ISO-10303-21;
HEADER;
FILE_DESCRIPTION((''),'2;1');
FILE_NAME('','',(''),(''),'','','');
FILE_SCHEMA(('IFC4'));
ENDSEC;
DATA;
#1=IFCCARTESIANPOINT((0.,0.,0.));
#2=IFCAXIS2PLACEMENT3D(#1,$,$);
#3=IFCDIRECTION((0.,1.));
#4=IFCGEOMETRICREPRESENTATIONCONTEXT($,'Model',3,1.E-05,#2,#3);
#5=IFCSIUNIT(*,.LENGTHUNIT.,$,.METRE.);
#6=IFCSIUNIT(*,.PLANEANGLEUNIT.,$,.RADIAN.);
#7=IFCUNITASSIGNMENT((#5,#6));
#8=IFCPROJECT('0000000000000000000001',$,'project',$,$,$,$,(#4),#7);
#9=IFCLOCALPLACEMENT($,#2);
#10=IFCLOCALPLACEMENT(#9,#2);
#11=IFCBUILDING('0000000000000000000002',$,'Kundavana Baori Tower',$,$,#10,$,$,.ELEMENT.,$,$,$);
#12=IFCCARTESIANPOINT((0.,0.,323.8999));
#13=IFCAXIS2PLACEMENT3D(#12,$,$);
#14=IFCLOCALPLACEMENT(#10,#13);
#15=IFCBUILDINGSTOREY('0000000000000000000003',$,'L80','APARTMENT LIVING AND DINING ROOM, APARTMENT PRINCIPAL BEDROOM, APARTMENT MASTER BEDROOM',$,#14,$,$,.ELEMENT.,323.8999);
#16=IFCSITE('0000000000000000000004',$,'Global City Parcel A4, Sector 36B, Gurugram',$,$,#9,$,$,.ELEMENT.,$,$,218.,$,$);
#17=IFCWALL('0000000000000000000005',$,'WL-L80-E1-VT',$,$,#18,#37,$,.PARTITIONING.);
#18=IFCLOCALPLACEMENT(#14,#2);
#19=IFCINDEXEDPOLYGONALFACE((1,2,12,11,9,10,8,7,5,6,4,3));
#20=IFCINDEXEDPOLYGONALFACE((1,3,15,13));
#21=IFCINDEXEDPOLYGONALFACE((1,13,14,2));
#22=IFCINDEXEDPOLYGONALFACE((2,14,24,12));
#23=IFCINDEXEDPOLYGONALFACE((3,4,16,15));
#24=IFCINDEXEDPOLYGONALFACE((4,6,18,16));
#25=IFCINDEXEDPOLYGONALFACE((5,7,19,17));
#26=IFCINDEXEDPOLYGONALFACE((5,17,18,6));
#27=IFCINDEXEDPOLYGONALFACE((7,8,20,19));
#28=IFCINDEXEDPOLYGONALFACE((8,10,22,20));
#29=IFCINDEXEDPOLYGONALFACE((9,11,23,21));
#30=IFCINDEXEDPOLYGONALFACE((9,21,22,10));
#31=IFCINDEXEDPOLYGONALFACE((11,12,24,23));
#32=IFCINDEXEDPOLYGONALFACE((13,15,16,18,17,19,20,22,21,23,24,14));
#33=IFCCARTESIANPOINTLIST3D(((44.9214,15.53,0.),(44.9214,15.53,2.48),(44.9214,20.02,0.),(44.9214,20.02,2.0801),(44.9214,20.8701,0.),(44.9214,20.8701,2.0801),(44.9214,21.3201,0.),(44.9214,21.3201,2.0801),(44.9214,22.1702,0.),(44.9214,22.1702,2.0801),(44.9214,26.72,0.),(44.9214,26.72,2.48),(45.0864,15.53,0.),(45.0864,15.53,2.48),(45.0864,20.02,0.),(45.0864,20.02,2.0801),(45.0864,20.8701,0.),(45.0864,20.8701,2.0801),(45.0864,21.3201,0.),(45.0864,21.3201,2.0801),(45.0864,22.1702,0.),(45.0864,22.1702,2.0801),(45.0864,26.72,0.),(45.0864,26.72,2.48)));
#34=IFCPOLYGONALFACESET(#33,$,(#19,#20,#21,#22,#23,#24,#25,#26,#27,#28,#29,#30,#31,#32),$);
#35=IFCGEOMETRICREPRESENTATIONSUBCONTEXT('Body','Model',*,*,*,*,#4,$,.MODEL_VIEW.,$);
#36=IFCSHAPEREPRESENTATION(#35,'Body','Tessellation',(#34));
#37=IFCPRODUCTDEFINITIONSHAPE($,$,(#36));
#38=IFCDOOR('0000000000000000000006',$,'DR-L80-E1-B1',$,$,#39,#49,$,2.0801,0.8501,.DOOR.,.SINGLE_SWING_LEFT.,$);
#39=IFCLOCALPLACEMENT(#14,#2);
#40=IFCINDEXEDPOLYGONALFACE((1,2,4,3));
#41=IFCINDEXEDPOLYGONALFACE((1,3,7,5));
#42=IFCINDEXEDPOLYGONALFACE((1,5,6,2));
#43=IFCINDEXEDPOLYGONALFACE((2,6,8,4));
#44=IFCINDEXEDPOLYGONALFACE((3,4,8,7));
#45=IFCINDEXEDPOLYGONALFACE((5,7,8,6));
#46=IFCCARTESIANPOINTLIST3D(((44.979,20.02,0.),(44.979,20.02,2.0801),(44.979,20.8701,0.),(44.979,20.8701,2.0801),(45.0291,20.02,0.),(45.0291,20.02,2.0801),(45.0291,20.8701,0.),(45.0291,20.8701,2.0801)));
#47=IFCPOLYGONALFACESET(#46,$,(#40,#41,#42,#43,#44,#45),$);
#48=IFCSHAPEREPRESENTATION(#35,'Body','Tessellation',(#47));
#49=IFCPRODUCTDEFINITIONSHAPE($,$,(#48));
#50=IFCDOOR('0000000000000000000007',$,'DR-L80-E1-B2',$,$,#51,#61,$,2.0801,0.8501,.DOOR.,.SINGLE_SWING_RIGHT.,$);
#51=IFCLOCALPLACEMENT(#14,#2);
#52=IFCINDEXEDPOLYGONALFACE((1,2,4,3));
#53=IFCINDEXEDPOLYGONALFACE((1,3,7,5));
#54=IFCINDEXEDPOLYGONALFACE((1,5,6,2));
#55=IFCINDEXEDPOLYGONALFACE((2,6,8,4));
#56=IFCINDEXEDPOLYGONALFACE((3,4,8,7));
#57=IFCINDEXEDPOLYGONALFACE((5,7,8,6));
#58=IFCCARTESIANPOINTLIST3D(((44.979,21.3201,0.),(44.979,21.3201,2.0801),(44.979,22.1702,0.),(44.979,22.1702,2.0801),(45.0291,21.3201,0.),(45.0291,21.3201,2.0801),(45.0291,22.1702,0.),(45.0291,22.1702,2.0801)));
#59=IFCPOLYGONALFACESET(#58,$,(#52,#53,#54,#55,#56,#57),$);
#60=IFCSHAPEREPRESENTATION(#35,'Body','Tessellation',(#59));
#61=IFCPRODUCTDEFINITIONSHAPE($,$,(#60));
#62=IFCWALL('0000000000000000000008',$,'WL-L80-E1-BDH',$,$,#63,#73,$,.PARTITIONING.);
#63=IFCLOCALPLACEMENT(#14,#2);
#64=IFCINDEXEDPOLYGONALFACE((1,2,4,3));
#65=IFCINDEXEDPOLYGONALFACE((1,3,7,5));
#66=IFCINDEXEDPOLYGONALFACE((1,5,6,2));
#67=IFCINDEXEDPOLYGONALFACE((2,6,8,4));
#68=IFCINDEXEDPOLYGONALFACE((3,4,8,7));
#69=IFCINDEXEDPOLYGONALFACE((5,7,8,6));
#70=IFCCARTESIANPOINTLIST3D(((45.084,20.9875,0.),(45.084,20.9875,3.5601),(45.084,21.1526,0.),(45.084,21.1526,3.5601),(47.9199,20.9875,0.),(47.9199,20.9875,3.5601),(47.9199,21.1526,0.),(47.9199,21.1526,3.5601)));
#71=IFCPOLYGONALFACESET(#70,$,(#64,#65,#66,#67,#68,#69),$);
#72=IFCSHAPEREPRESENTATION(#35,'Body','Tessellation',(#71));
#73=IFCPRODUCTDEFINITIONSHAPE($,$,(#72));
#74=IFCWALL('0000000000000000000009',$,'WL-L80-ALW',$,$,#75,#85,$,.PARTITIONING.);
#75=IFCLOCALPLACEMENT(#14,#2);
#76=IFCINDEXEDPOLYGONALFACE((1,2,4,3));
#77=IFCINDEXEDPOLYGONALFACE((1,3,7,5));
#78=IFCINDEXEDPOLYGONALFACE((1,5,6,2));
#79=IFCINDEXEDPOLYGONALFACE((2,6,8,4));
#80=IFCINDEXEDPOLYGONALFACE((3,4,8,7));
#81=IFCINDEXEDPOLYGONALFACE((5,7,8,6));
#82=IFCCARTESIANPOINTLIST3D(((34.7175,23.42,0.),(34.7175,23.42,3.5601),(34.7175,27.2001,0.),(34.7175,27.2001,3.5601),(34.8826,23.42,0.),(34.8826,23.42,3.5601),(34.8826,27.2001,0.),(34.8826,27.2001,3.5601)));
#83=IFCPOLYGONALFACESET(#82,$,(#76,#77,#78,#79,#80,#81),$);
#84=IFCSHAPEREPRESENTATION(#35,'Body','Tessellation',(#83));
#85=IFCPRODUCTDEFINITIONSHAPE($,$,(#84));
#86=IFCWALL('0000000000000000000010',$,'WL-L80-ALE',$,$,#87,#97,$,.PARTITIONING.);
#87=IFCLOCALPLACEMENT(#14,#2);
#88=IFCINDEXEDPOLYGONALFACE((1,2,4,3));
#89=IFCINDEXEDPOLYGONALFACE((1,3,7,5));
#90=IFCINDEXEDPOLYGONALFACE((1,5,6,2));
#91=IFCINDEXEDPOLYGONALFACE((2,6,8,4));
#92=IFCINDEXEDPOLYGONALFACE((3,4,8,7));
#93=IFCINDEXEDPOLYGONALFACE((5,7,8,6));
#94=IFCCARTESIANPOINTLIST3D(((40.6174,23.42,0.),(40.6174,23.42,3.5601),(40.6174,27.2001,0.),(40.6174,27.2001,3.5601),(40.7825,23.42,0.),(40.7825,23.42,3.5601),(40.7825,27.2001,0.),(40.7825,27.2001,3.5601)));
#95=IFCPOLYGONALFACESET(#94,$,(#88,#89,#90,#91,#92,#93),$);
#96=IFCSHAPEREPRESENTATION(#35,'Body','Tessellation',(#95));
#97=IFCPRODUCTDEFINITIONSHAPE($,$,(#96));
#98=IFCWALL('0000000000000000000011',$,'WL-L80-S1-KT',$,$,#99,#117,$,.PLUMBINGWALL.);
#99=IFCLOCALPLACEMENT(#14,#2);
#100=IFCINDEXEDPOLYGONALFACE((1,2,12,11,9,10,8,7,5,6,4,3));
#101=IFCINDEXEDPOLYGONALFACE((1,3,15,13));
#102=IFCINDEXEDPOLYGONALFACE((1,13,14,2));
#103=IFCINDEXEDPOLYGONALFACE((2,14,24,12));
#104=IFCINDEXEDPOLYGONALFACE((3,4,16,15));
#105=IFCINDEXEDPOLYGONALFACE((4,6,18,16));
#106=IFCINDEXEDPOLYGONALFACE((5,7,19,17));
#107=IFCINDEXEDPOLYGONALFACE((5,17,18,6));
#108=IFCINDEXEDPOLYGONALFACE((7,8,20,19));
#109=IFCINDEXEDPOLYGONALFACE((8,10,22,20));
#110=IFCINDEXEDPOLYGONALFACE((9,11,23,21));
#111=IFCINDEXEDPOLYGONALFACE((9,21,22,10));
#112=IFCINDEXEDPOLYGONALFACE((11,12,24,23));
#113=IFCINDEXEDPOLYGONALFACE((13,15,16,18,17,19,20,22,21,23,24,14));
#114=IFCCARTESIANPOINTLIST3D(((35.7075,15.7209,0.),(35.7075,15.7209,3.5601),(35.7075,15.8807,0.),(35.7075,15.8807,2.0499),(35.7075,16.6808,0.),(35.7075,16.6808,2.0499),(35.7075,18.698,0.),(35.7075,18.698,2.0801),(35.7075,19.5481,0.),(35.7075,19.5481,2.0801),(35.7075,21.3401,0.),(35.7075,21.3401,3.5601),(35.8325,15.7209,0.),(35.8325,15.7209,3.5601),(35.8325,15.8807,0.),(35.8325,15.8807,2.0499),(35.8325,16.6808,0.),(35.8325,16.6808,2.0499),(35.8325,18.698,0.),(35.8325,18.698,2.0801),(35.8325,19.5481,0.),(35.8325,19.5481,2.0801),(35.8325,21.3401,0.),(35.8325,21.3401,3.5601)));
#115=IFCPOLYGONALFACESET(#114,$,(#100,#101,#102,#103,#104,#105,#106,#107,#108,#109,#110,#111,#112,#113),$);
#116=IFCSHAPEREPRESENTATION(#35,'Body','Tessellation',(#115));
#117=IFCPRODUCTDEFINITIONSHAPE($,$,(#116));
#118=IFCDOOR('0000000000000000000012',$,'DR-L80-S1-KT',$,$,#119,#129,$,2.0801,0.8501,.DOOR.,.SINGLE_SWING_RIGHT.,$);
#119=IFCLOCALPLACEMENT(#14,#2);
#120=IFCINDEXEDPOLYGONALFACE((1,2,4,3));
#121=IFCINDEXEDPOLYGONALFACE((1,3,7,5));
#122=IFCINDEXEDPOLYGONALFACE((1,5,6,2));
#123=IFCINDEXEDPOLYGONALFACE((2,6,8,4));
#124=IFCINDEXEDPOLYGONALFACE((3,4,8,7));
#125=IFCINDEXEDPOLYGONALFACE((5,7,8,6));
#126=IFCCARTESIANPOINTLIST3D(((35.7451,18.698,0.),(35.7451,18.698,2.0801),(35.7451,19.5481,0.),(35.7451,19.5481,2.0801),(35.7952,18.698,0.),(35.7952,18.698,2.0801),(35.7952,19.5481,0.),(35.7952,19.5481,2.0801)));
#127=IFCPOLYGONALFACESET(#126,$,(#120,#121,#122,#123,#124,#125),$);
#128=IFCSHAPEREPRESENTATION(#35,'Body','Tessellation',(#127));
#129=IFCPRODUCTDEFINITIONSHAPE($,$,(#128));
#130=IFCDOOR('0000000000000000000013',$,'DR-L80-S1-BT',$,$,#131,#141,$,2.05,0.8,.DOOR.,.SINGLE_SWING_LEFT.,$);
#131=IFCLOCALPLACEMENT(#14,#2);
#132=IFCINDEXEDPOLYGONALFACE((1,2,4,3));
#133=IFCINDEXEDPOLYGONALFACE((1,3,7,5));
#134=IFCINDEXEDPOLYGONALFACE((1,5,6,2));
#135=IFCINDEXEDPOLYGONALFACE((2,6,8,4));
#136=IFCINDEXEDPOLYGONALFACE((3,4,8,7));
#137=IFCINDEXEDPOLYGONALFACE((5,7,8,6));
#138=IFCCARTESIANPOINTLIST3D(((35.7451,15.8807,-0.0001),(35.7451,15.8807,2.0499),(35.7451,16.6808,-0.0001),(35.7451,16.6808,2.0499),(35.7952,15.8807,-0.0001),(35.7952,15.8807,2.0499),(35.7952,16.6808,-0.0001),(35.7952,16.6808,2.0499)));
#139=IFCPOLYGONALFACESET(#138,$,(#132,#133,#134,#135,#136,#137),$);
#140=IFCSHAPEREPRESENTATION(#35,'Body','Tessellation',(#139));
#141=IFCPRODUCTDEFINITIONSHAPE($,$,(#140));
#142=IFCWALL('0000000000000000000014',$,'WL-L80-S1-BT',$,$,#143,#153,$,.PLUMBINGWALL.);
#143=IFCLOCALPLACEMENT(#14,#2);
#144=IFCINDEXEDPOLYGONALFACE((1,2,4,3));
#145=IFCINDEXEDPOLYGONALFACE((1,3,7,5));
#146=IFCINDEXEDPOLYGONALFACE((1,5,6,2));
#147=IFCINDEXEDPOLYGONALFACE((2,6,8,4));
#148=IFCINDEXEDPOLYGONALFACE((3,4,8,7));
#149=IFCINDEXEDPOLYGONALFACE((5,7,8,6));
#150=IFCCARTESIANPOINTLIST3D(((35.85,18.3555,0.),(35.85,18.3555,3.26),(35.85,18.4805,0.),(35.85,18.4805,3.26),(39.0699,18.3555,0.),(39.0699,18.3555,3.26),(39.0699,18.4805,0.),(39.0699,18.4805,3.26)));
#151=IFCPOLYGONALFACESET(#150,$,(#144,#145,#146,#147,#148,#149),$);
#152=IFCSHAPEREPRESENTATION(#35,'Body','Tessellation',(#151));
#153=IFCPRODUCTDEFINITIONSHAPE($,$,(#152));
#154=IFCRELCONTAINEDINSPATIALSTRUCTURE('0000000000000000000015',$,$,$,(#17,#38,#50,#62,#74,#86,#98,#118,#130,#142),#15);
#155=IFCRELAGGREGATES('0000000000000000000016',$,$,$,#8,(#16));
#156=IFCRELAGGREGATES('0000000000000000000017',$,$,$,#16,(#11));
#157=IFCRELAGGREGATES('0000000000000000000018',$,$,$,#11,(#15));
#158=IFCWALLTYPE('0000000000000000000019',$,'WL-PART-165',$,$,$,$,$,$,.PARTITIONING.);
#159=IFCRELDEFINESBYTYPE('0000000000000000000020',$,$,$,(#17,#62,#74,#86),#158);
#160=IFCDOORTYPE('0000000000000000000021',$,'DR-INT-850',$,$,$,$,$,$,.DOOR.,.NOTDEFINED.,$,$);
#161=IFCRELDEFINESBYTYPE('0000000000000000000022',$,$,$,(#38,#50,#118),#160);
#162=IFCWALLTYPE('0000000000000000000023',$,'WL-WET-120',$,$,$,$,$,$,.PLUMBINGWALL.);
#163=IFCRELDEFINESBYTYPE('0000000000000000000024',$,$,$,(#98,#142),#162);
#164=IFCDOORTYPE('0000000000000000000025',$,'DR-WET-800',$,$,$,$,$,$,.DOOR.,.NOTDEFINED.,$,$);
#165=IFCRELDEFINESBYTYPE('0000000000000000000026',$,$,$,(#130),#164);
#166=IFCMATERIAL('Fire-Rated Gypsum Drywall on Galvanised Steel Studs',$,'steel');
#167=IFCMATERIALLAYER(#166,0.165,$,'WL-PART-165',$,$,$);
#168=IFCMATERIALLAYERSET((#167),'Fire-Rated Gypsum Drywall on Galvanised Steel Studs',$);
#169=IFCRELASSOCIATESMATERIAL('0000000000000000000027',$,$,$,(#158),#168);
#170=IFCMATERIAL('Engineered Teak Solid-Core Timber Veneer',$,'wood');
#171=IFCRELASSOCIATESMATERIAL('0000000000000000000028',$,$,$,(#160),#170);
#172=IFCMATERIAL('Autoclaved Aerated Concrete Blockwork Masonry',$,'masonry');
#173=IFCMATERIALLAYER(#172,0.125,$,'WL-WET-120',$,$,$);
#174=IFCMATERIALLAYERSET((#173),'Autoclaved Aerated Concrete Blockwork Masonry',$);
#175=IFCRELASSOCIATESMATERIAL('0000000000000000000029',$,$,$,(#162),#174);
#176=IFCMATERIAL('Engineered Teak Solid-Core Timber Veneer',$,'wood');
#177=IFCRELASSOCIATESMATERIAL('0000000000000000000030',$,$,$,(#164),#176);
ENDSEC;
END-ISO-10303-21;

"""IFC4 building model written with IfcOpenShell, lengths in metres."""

from ifc_helpers import new_model, si_unit, direction, frame, frame_2d, origin, place, context, subcontext, project, spatial, rectangle, extrude, material, layer, layer_set, type_object, element, fill, save


model = new_model("IFC4")

# Units and contexts
model_context = context("Model", 3, precision=1e-05, world=origin(), true_north=direction((0.0, 1.0)))
body_context = subcontext(model_context, "Body", "Model", "MODEL_VIEW")
ifc_project = project(units=[si_unit("LENGTHUNIT", "METRE"), si_unit("PLANEANGLEUNIT", "RADIAN")], contexts=[model_context])

# Site, building, storey
site_placement = place(None, origin())
site = spatial("IfcSite", under=ifc_project, at=site_placement, Name="Global City Parcel A4, Sector 36B, Gurugram", CompositionType="ELEMENT", RefElevation=218.0)
building_placement = place(site_placement, origin())
building = spatial("IfcBuilding", under=site, at=building_placement, Name="Kundavana Baori Tower", CompositionType="ELEMENT")
storey_placement = place(building_placement, frame((0.0, 0.0, 323.8999)))
storey = spatial("IfcBuildingStorey", under=building, at=storey_placement, Name="L80", Description="APARTMENT LIVING AND DINING ROOM, APARTMENT PRINCIPAL BEDROOM, APARTMENT MASTER BEDROOM", CompositionType="ELEMENT", Elevation=323.8999)

# Shared definitions
ifc_material_1 = material(Name="Fire-Rated Gypsum Drywall on Galvanised Steel Studs", Category="steel")
ifc_layer_1 = layer(ifc_material_1, 0.165, Name="WL-PART-165")
ifc_layer_set_1 = layer_set([ifc_layer_1], Name="Fire-Rated Gypsum Drywall on Galvanised Steel Studs")
wall_type_1 = type_object("IfcWallType", Name="WL-PART-165", PredefinedType="PARTITIONING", material=ifc_layer_set_1)

# Wall, openings, doors
wall_1_placement = place(storey_placement, frame((45.0039, 15.53, 0.0), z_axis=(0.0, 0.0, 1.0), x_axis=(0.0, 1.0, 0.0)))
wall_1 = element("IfcWall", 1, at=wall_1_placement, inside=storey, type_object=wall_type_1, Name="WL-L80-E1-VT", PredefinedType="PARTITIONING", context=body_context, shape_type="SweptSolid", body=[
    extrude(rectangle(XDim=11.1899, YDim=0.165, at=frame_2d((5.595, 0.0))), origin(), (0.0, 0.0, 1.0), 2.48),
])
opening_1_placement = place(wall_1_placement, frame((4.49, 0.0, 0.0)))
opening_1 = element("IfcOpeningElement", 2, at=opening_1_placement, cuts=wall_1, PredefinedType="OPENING", context=body_context, shape_type="SweptSolid", body=[
    extrude(rectangle(XDim=0.8501, YDim=2.0801, at=frame_2d((0.425, 1.04))), frame((0.0, 0.0925, 0.0), z_axis=(0.0, -1.0, 0.0), x_axis=(1.0, 0.0, 0.0)), (0.0, 0.0, 1.0), 0.1851),
])
opening_2_placement = place(wall_1_placement, frame((5.79, 0.0, 0.0)))
opening_2 = element("IfcOpeningElement", 3, at=opening_2_placement, cuts=wall_1, PredefinedType="OPENING", context=body_context, shape_type="SweptSolid", body=[
    extrude(rectangle(XDim=0.8501, YDim=2.0801, at=frame_2d((0.425, 1.04))), frame((0.0, 0.0925, 0.0), z_axis=(0.0, -1.0, 0.0), x_axis=(1.0, 0.0, 0.0)), (0.0, 0.0, 1.0), 0.1851),
])
ifc_material_2 = material(Name="Engineered Teak Solid-Core Timber Veneer", Category="wood")
door_type_1 = type_object("IfcDoorType", Name="DR-INT-850", OperationType="NOTDEFINED", PredefinedType="DOOR", material=ifc_material_2)
door_1_placement = place(opening_1_placement, origin())
door_1 = element("IfcDoor", 4, at=door_1_placement, inside=storey, type_object=door_type_1, Name="DR-L80-E1-B1", OperationType="SINGLE_SWING_LEFT", OverallHeight=2.0801, OverallWidth=0.8501, PredefinedType="DOOR", context=body_context, shape_type="SweptSolid", body=[
    extrude(rectangle(XDim=0.8501, YDim=2.0801, at=frame_2d((0.425, 1.04))), frame((0.0, 0.0249, 0.0), z_axis=(0.0, -1.0, 0.0), x_axis=(1.0, 0.0, 0.0)), (0.0, 0.0, 1.0), 0.05),
])
fill(opening_1, door_1)
door_2_placement = place(opening_2_placement, origin())
door_2 = element("IfcDoor", 5, at=door_2_placement, inside=storey, type_object=door_type_1, Name="DR-L80-E1-B2", OperationType="SINGLE_SWING_RIGHT", OverallHeight=2.0801, OverallWidth=0.8501, PredefinedType="DOOR", context=body_context, shape_type="SweptSolid", body=[
    extrude(rectangle(XDim=0.8501, YDim=2.0801, at=frame_2d((0.425, 1.04))), frame((0.0, 0.0249, 0.0), z_axis=(0.0, -1.0, 0.0), x_axis=(1.0, 0.0, 0.0)), (0.0, 0.0, 1.0), 0.05),
])
fill(opening_2, door_2)

# Walls
wall_2_placement = place(storey_placement, frame((45.084, 21.0701, 0.0), z_axis=(0.0, 0.0, 1.0), x_axis=(1.0, 0.0, 0.0)))
element("IfcWall", 6, at=wall_2_placement, inside=storey, type_object=wall_type_1, Name="WL-L80-E1-BDH", PredefinedType="PARTITIONING", context=body_context, shape_type="SweptSolid", body=[
    extrude(rectangle(XDim=2.8359, YDim=0.165, at=frame_2d((1.418, 0.0))), origin(), (0.0, 0.0, 1.0), 3.5601),
])
for number, where, z_axis, x_axis, name in (
    (7, (34.8, 23.4199, 0.0), (0.0, 0.0, 1.0), (0.0, 1.0, 0.0), "WL-L80-ALW"),
    (8, (40.7, 23.4199, 0.0), (0.0, 0.0, 1.0), (0.0, 1.0, 0.0), "WL-L80-ALE"),
):
    element("IfcWall", number, at=place(storey_placement, frame(where, z_axis=z_axis, x_axis=x_axis)), inside=storey, type_object=wall_type_1, Name=name, PredefinedType="PARTITIONING", context=body_context, shape_type="SweptSolid", body=[
        extrude(rectangle(XDim=3.78, YDim=0.165, at=frame_2d((1.8901, 0.0))), origin(), (0.0, 0.0, 1.0), 3.5601),
    ])

# Wall, openings, doors
ifc_material_3 = material(Name="Autoclaved Aerated Concrete Blockwork Masonry", Category="masonry")
ifc_layer_2 = layer(ifc_material_3, 0.125, Name="WL-WET-120")
ifc_layer_set_2 = layer_set([ifc_layer_2], Name="Autoclaved Aerated Concrete Blockwork Masonry")
wall_type_2 = type_object("IfcWallType", Name="WL-WET-120", PredefinedType="PLUMBINGWALL", material=ifc_layer_set_2)
wall_3_placement = place(storey_placement, frame((35.77, 15.7209, 0.0), z_axis=(0.0, 0.0, 1.0), x_axis=(0.0, 1.0, 0.0)))
wall_3 = element("IfcWall", 9, at=wall_3_placement, inside=storey, type_object=wall_type_2, Name="WL-L80-S1-KT", PredefinedType="PLUMBINGWALL", context=body_context, shape_type="SweptSolid", body=[
    extrude(rectangle(XDim=5.6191, YDim=0.125, at=frame_2d((2.8096, 0.0))), origin(), (0.0, 0.0, 1.0), 3.5601),
])
opening_3_placement = place(wall_3_placement, frame((0.1599, 0.0, 0.0)))
opening_3 = element("IfcOpeningElement", 10, at=opening_3_placement, cuts=wall_3, PredefinedType="OPENING", context=body_context, shape_type="SweptSolid", body=[
    extrude(rectangle(XDim=0.8, YDim=2.05, at=frame_2d((0.3999, 1.0249))), frame((0.0, 0.0725, 0.0), z_axis=(0.0, -1.0, 0.0), x_axis=(1.0, 0.0, 0.0)), (0.0, 0.0, 1.0), 0.145),
])
opening_4_placement = place(wall_3_placement, frame((2.9771, 0.0, 0.0)))
opening_4 = element("IfcOpeningElement", 11, at=opening_4_placement, cuts=wall_3, PredefinedType="OPENING", context=body_context, shape_type="SweptSolid", body=[
    extrude(rectangle(XDim=0.8501, YDim=2.0801, at=frame_2d((0.425, 1.04))), frame((0.0, 0.0725, 0.0), z_axis=(0.0, -1.0, 0.0), x_axis=(1.0, 0.0, 0.0)), (0.0, 0.0, 1.0), 0.145),
])
door_3_placement = place(opening_4_placement, origin())
door_3 = element("IfcDoor", 12, at=door_3_placement, inside=storey, type_object=door_type_1, Name="DR-L80-S1-KT", OperationType="SINGLE_SWING_RIGHT", OverallHeight=2.0801, OverallWidth=0.8501, PredefinedType="DOOR", context=body_context, shape_type="SweptSolid", body=[
    extrude(rectangle(XDim=0.8501, YDim=2.0801, at=frame_2d((0.425, 1.04))), frame((0.0, 0.0249, 0.0), z_axis=(0.0, -1.0, 0.0), x_axis=(1.0, 0.0, 0.0)), (0.0, 0.0, 1.0), 0.05),
])
fill(opening_4, door_3)
ifc_material_4 = material(Name="Engineered Teak Solid-Core Timber Veneer", Category="wood")
door_type_2 = type_object("IfcDoorType", Name="DR-WET-800", OperationType="NOTDEFINED", PredefinedType="DOOR", material=ifc_material_4)
door_4_placement = place(opening_3_placement, origin())
door_4 = element("IfcDoor", 13, at=door_4_placement, inside=storey, type_object=door_type_2, Name="DR-L80-S1-BT", OperationType="SINGLE_SWING_LEFT", OverallHeight=2.05, OverallWidth=0.8, PredefinedType="DOOR", context=body_context, shape_type="SweptSolid", body=[
    extrude(rectangle(XDim=0.8, YDim=2.05, at=frame_2d((0.3999, 1.0249))), frame((0.0, 0.0249, 0.0), z_axis=(0.0, -1.0, 0.0), x_axis=(1.0, 0.0, 0.0)), (0.0, 0.0, 1.0), 0.05),
])
fill(opening_3, door_4)

# Wall
wall_4_placement = place(storey_placement, frame((35.8501, 18.418, 0.0), z_axis=(0.0, 0.0, 1.0), x_axis=(1.0, 0.0, 0.0)))
element("IfcWall", 14, at=wall_4_placement, inside=storey, type_object=wall_type_2, Name="WL-L80-S1-BT", PredefinedType="PLUMBINGWALL", context=body_context, shape_type="SweptSolid", body=[
    extrude(rectangle(XDim=3.22, YDim=0.125, at=frame_2d((1.6099, 0.0))), origin(), (0.0, 0.0, 1.0), 3.26),
])

save(model, "model.ifc")
